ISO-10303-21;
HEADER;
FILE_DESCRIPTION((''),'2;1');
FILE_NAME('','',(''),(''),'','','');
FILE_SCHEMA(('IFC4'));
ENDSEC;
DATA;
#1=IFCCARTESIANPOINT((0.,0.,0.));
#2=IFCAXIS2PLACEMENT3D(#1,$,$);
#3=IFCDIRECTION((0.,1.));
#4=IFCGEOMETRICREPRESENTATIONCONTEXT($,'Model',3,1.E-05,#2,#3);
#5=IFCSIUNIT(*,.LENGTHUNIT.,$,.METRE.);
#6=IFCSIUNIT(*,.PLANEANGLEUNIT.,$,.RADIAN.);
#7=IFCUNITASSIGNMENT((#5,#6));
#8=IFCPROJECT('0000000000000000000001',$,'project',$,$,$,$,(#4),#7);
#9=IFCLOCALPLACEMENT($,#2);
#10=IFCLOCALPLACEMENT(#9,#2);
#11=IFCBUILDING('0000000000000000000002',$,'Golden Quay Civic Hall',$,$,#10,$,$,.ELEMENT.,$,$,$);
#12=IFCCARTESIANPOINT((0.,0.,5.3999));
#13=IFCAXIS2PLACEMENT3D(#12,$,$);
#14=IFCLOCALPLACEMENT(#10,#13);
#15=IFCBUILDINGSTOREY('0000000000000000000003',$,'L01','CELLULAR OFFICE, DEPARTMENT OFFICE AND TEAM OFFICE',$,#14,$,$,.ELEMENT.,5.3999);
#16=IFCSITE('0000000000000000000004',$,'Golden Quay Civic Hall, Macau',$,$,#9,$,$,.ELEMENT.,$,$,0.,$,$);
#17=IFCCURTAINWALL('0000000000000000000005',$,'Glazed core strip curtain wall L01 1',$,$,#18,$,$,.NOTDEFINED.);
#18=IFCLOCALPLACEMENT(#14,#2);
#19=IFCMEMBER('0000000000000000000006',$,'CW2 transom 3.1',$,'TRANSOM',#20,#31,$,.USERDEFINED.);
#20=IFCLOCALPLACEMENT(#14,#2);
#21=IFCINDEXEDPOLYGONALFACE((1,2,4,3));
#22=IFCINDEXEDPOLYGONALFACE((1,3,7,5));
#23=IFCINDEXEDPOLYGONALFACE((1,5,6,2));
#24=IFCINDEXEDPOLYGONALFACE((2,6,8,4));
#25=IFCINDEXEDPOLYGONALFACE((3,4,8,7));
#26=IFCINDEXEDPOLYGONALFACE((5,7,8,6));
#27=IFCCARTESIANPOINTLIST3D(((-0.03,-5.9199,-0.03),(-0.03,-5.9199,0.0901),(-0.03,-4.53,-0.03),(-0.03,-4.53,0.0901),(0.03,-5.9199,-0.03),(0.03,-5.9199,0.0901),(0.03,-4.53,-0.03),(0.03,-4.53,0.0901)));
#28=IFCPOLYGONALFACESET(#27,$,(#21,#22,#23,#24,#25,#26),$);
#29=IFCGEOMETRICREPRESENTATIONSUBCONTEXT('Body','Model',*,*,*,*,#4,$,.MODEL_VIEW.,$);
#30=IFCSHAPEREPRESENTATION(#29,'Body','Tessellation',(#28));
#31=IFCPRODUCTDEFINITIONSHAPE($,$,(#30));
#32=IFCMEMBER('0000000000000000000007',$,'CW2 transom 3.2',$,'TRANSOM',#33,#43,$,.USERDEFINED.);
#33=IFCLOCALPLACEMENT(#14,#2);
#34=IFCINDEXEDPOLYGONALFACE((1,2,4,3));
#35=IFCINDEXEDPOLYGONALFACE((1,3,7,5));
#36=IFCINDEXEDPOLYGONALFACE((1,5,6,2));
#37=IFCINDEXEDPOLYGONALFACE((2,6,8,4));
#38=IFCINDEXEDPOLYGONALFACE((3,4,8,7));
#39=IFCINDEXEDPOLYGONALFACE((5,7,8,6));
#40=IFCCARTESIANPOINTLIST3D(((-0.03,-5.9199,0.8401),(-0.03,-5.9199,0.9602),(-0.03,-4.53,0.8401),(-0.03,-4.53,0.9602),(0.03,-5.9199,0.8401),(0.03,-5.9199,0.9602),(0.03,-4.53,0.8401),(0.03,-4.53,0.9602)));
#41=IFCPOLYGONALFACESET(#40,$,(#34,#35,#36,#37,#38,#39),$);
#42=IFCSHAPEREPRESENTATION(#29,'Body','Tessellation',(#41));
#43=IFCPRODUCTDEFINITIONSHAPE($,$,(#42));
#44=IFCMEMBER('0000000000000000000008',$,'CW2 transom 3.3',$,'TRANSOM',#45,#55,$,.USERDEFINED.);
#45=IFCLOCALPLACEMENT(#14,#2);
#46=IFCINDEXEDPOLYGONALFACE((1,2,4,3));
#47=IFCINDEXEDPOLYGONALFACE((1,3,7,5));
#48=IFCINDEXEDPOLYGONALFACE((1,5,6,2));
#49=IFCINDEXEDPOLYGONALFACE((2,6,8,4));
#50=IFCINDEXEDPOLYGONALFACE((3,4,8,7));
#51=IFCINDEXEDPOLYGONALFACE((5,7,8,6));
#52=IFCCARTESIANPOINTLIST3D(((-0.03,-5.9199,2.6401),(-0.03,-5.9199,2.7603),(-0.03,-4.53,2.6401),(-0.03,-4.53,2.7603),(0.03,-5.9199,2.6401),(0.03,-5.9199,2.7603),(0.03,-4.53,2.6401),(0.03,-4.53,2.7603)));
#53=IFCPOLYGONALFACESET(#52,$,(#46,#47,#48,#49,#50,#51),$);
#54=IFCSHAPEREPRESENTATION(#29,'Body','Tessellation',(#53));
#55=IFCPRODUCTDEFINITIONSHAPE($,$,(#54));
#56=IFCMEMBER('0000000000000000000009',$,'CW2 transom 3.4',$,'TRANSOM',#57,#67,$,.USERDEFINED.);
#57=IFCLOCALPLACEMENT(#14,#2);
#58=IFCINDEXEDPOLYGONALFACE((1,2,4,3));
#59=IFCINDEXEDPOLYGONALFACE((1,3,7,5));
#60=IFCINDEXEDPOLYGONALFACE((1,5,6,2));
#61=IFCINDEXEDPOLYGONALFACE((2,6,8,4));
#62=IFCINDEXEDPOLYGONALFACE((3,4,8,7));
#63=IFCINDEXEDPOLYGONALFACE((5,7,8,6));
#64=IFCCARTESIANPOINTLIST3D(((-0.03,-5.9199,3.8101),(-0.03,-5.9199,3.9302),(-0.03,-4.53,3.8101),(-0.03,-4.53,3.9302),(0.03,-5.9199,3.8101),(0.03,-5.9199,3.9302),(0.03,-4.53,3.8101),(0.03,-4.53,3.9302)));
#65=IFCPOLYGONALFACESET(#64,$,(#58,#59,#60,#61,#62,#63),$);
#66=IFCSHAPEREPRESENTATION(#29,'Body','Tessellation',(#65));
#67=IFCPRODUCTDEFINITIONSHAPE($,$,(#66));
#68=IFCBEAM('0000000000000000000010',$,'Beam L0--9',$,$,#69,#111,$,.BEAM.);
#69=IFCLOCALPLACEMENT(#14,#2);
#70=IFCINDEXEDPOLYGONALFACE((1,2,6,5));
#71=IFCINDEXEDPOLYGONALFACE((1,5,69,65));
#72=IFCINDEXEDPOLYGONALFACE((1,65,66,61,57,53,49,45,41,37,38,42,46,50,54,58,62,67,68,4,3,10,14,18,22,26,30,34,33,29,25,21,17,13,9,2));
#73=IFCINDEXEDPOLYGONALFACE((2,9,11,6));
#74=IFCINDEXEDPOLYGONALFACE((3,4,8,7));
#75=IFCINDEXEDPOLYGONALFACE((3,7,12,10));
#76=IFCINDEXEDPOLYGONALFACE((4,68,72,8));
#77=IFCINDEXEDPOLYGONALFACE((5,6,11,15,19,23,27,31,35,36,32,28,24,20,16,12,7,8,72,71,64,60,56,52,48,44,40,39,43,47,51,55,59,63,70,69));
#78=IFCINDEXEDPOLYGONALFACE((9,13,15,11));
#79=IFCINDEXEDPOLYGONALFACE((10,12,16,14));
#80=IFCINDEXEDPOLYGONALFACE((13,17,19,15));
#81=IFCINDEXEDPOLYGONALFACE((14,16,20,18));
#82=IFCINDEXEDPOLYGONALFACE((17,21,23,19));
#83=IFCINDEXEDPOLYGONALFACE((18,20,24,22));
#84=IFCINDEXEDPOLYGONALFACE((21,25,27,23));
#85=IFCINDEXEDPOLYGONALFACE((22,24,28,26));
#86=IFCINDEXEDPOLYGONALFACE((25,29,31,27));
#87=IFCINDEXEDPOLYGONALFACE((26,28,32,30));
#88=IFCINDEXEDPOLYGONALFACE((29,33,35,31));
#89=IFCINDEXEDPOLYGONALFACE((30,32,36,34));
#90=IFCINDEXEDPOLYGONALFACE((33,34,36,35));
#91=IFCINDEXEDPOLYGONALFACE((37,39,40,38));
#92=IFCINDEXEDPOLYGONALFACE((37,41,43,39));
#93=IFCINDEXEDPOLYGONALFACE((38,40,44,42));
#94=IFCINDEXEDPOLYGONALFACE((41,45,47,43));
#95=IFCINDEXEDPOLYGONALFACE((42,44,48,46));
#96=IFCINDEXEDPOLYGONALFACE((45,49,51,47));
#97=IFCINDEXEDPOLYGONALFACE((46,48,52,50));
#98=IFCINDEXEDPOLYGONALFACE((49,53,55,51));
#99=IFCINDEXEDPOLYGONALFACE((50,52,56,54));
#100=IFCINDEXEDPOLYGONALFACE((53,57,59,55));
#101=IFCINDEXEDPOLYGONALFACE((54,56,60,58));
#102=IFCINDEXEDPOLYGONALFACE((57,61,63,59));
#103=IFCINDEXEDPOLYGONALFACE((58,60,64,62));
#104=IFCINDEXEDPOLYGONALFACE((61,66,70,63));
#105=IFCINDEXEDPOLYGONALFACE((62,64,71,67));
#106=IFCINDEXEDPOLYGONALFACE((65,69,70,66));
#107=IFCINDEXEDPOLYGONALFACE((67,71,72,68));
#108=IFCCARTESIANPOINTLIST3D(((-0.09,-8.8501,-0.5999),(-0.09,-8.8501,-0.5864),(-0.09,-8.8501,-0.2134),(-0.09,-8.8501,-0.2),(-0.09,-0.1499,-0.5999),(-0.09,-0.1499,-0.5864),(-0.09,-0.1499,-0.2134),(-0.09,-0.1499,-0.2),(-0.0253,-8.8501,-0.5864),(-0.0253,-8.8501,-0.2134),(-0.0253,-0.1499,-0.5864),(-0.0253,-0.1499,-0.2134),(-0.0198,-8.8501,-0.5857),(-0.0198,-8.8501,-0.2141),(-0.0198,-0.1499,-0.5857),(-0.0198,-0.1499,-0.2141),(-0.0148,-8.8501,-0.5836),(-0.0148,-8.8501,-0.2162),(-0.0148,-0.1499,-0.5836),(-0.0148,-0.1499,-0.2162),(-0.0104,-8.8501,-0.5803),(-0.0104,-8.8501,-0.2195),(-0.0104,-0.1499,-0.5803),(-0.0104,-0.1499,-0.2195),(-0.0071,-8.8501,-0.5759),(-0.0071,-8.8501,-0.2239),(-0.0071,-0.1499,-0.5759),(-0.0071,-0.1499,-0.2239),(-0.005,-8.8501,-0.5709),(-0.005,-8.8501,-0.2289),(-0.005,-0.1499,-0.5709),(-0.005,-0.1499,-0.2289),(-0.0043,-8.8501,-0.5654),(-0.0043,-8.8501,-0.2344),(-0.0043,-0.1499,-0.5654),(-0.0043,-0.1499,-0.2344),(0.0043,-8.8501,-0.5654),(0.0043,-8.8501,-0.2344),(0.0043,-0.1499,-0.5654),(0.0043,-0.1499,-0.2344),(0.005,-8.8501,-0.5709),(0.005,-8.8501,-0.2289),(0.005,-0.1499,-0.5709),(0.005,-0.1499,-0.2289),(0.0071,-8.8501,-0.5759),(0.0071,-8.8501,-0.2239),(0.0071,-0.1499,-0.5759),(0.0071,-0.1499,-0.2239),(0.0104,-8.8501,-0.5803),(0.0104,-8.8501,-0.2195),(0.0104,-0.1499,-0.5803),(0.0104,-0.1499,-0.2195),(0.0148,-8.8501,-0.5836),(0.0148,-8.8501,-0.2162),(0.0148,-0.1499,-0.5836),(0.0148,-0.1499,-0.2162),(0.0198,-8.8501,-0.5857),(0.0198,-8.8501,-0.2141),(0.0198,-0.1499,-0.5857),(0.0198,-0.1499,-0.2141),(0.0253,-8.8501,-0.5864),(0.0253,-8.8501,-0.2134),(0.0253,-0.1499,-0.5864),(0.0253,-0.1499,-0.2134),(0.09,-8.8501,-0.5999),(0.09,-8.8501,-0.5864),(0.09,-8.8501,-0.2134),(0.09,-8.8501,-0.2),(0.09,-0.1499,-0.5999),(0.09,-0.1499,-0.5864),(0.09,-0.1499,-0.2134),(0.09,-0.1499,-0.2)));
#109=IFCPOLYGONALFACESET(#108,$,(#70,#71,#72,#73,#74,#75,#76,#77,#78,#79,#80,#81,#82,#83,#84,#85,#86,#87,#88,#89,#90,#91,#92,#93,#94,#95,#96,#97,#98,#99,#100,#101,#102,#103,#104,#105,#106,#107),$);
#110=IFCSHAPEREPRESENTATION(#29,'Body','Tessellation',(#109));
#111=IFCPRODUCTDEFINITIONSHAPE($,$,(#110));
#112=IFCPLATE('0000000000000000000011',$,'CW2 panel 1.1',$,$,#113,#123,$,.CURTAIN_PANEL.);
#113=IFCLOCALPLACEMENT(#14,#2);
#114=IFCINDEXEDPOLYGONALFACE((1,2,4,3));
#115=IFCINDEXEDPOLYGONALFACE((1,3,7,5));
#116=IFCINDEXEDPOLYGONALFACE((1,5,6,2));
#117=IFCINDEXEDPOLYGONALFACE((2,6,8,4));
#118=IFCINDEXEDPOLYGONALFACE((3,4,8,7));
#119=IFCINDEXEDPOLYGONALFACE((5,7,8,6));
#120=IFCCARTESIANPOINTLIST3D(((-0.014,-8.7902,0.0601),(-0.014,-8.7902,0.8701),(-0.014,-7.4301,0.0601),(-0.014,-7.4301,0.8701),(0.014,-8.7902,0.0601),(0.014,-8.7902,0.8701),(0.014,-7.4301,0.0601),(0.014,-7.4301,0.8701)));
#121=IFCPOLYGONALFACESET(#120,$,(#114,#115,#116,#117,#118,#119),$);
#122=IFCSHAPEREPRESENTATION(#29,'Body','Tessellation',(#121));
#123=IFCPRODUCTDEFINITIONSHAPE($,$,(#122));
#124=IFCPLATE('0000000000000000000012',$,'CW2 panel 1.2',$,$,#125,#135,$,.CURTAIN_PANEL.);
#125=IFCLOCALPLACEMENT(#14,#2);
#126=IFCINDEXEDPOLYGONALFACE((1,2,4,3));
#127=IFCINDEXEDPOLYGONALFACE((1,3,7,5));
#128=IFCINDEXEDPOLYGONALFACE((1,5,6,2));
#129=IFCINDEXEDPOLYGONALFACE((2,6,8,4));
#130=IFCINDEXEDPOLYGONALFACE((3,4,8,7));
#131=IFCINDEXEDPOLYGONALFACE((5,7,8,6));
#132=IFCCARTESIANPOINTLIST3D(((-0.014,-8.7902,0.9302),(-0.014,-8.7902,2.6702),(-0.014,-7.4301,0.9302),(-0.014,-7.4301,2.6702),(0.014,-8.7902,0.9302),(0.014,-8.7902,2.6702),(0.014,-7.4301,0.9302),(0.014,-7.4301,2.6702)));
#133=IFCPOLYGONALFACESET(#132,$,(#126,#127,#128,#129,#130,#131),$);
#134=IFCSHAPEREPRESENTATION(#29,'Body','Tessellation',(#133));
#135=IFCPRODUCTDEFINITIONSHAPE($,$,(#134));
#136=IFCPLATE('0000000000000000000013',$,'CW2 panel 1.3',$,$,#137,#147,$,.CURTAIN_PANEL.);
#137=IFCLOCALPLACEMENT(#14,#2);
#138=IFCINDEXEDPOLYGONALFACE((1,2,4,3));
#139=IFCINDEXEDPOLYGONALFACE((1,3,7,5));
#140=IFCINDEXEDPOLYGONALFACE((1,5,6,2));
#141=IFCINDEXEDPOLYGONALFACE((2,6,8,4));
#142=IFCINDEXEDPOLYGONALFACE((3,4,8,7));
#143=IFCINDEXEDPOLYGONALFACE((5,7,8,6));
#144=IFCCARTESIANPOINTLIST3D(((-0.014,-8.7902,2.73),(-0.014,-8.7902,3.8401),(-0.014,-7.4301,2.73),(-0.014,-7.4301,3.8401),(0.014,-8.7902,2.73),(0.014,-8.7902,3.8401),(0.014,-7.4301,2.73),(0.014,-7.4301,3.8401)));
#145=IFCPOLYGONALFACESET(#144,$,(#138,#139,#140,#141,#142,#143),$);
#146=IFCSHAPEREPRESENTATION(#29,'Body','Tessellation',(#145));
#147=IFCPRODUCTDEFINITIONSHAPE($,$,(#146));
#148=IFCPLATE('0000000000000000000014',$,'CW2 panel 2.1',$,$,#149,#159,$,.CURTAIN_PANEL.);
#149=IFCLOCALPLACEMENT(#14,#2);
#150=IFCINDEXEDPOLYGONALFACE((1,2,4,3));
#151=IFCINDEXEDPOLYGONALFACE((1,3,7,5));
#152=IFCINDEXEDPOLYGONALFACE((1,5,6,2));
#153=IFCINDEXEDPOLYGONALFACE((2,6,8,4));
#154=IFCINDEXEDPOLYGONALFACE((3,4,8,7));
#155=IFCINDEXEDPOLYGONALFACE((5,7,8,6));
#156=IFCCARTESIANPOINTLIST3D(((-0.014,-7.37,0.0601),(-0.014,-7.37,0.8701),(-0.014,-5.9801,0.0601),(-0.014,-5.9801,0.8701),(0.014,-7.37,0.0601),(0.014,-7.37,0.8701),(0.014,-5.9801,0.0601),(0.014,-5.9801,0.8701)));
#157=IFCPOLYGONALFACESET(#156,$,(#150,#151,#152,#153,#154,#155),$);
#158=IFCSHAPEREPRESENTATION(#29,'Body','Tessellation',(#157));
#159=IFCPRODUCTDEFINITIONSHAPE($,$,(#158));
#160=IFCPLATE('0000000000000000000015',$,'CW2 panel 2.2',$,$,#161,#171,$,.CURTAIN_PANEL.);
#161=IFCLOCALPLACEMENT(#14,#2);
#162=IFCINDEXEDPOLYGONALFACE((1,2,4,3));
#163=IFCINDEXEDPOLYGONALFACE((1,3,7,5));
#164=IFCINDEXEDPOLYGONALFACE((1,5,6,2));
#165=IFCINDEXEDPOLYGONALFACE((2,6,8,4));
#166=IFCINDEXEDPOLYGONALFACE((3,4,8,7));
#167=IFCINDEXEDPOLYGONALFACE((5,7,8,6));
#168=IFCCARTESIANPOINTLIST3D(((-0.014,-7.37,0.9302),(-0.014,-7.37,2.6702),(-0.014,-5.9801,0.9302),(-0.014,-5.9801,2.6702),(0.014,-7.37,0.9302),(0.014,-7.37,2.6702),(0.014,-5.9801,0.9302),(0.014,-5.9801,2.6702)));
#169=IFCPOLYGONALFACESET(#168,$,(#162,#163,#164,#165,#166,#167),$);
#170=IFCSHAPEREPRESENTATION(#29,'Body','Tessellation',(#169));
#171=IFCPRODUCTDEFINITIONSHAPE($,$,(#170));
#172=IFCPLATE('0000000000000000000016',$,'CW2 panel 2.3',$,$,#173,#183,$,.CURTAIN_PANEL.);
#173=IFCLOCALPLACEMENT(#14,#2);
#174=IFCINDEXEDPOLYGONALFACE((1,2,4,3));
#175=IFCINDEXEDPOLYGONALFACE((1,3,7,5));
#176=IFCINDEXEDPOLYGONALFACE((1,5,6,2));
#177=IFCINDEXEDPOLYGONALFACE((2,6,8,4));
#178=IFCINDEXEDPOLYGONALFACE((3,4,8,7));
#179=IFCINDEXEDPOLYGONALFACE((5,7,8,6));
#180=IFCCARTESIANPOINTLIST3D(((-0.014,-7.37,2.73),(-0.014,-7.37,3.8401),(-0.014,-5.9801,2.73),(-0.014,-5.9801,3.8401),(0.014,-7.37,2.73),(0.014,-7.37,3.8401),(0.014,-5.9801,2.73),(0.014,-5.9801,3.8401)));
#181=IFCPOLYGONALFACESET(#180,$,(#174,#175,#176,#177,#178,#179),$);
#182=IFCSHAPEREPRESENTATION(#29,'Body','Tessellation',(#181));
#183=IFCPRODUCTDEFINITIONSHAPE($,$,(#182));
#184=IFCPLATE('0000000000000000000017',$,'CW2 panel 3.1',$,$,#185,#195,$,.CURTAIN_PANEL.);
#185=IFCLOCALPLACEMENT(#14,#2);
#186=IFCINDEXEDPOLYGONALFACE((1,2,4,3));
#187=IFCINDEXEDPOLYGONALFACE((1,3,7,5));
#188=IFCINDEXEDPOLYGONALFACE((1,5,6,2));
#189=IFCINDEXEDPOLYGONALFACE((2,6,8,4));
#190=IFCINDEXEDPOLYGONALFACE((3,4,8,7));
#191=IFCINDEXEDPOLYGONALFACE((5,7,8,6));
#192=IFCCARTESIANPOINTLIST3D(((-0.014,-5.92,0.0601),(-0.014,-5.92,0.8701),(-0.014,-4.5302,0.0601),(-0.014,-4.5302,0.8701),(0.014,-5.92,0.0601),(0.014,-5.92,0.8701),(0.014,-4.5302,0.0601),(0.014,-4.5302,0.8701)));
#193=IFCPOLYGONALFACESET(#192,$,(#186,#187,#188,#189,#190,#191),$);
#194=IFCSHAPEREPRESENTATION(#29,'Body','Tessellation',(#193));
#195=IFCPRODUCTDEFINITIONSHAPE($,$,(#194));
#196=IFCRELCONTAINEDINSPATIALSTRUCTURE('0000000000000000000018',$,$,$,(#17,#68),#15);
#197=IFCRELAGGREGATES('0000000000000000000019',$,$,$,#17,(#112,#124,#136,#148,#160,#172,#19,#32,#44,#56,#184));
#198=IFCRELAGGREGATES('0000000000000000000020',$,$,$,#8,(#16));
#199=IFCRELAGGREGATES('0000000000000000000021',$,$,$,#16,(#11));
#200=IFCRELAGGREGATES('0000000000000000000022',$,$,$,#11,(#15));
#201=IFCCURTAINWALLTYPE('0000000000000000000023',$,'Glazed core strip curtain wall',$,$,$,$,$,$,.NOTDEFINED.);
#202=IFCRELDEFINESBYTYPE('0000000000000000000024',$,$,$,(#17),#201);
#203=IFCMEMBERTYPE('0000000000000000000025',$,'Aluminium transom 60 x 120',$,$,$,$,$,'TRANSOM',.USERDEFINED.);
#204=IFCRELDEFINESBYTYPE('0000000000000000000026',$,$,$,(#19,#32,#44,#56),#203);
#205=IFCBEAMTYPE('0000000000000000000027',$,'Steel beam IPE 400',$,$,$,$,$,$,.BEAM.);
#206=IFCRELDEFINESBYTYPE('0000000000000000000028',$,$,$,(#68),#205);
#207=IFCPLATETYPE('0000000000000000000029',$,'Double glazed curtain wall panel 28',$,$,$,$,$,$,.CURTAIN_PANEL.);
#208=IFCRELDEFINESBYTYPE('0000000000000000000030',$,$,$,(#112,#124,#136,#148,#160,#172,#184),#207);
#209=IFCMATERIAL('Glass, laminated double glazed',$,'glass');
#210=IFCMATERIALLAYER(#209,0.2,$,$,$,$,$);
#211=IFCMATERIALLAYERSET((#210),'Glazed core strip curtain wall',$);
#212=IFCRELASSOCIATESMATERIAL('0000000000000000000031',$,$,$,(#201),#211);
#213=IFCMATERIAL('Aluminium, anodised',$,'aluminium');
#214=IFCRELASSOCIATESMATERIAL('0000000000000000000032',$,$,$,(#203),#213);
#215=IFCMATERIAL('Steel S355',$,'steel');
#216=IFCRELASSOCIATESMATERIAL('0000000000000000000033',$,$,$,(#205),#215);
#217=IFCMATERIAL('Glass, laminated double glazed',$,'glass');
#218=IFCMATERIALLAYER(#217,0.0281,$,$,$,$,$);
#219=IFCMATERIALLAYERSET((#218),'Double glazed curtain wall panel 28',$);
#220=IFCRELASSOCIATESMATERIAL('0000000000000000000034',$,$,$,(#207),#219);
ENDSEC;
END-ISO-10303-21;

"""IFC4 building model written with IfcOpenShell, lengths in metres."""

from ifc_helpers import new_model, si_unit, direction, frame, origin, origin_2d, place, context, subcontext, project, spatial, rectangle, i_section, extrude, material, layer, layer_set, material_profile, profile_set, type_object, element, aggregate, save


model = new_model("IFC4")

# Units and contexts
model_context = context("Model", 3, precision=1e-05, world=origin(), true_north=direction((0.0, 1.0)))
body_context = subcontext(model_context, "Body", "Model", "MODEL_VIEW")
ifc_project = project(units=[si_unit("LENGTHUNIT", "METRE"), si_unit("PLANEANGLEUNIT", "RADIAN")], contexts=[model_context])

# Site, building, storey
site_placement = place(None, origin())
site = spatial("IfcSite", under=ifc_project, at=site_placement, Name="Golden Quay Civic Hall, Macau", CompositionType="ELEMENT", RefElevation=0.0)
building_placement = place(site_placement, origin())
building = spatial("IfcBuilding", under=site, at=building_placement, Name="Golden Quay Civic Hall", CompositionType="ELEMENT")
storey_placement = place(building_placement, frame((0.0, 0.0, 5.3999)))
storey = spatial("IfcBuildingStorey", under=building, at=storey_placement, Name="L01", Description="CELLULAR OFFICE, DEPARTMENT OFFICE AND TEAM OFFICE", CompositionType="ELEMENT", Elevation=5.3999)

# Curtain wall, members
ifc_material_1 = material(Name="Glass, laminated double glazed", Category="glass")
ifc_layer_1 = layer(ifc_material_1, 0.2)
ifc_layer_set_1 = layer_set([ifc_layer_1], Name="Glazed core strip curtain wall")
curtain_wall_type = type_object("IfcCurtainWallType", Name="Glazed core strip curtain wall", PredefinedType="NOTDEFINED", material=ifc_layer_set_1)
curtain_wall_placement = place(storey_placement, origin())
curtain_wall = element("IfcCurtainWall", 1, at=curtain_wall_placement, inside=storey, type_object=curtain_wall_type, Name="Glazed core strip curtain wall L01 1", PredefinedType="NOTDEFINED")
ifc_material_2 = material(Name="Aluminium, anodised", Category="aluminium")
ifc_material_profile_1 = material_profile(ifc_material_2, rectangle(XDim=0.0601, YDim=0.1201, at=origin_2d()), Name="Aluminium 60 x 120")
ifc_profile_set_1 = profile_set([ifc_material_profile_1], Name="Aluminium, anodised")
member_type_1 = type_object("IfcMemberType", Name="Aluminium transom 60 x 120", ElementType="TRANSOM", PredefinedType="USERDEFINED", material=ifc_profile_set_1)
member_1_placement = place(storey_placement, frame((0.0, -5.9199, 0.03), z_axis=(0.0, 1.0, 0.0), x_axis=(-1.0, 0.0, 0.0)))
member_1 = element("IfcMember", 2, at=member_1_placement, type_object=member_type_1, Name="CW2 transom 3.1", ObjectType="TRANSOM", PredefinedType="USERDEFINED", context=body_context, shape_type="SweptSolid", body=[
    extrude(rectangle(XDim=0.0601, YDim=0.1201, at=origin_2d()), origin(), (0.0, 0.0, 1.0), 1.3899),
])
member_2_placement = place(storey_placement, frame((0.0, -5.9199, 0.9001), z_axis=(0.0, 1.0, 0.0), x_axis=(-1.0, 0.0, 0.0)))
member_2 = element("IfcMember", 3, at=member_2_placement, type_object=member_type_1, Name="CW2 transom 3.2", ObjectType="TRANSOM", PredefinedType="USERDEFINED", context=body_context, shape_type="SweptSolid", body=[
    extrude(rectangle(XDim=0.0601, YDim=0.1201, at=origin_2d()), origin(), (0.0, 0.0, 1.0), 1.3899),
])
member_3_placement = place(storey_placement, frame((0.0, -5.9199, 2.7002), z_axis=(0.0, 1.0, 0.0), x_axis=(-1.0, 0.0, 0.0)))
member_3 = element("IfcMember", 4, at=member_3_placement, type_object=member_type_1, Name="CW2 transom 3.3", ObjectType="TRANSOM", PredefinedType="USERDEFINED", context=body_context, shape_type="SweptSolid", body=[
    extrude(rectangle(XDim=0.0601, YDim=0.1201, at=origin_2d()), origin(), (0.0, 0.0, 1.0), 1.3899),
])
member_4_placement = place(storey_placement, frame((0.0, -5.9199, 3.8701), z_axis=(0.0, 1.0, 0.0), x_axis=(-1.0, 0.0, 0.0)))
member_4 = element("IfcMember", 5, at=member_4_placement, type_object=member_type_1, Name="CW2 transom 3.4", ObjectType="TRANSOM", PredefinedType="USERDEFINED", context=body_context, shape_type="SweptSolid", body=[
    extrude(rectangle(XDim=0.0601, YDim=0.1201, at=origin_2d()), origin(), (0.0, 0.0, 1.0), 1.3899),
])

# Beam
ifc_material_3 = material(Name="Steel S355", Category="steel")
ifc_material_profile_2 = material_profile(ifc_material_3, i_section(OverallWidth=0.1799, OverallDepth=0.3999, WebThickness=0.0085, FlangeThickness=0.0134, FilletRadius=0.021, at=origin_2d()), Name="IPE 400")
ifc_profile_set_2 = profile_set([ifc_material_profile_2], Name="Steel S355")
beam_type = type_object("IfcBeamType", Name="Steel beam IPE 400", PredefinedType="BEAM", material=ifc_profile_set_2)
beam_placement = place(storey_placement, frame((0.0, -8.8501, -0.3999), z_axis=(0.0, 1.0, 0.0), x_axis=(-1.0, 0.0, 0.0)))
element("IfcBeam", 6, at=beam_placement, inside=storey, type_object=beam_type, Name="Beam L0--9", PredefinedType="BEAM", context=body_context, shape_type="SweptSolid", body=[
    extrude(i_section(OverallWidth=0.1799, OverallDepth=0.3999, WebThickness=0.0085, FlangeThickness=0.0134, FilletRadius=0.021, at=origin_2d()), origin(), (0.0, 0.0, 1.0), 8.7002),
])

# Plates
ifc_material_4 = material(Name="Glass, laminated double glazed", Category="glass")
ifc_layer_2 = layer(ifc_material_4, 0.0281)
ifc_layer_set_2 = layer_set([ifc_layer_2], Name="Double glazed curtain wall panel 28")
plate_type = type_object("IfcPlateType", Name="Double glazed curtain wall panel 28", PredefinedType="CURTAIN_PANEL", material=ifc_layer_set_2)
plate_1_placement = place(storey_placement, frame((0.0, -8.1101, 0.0601), z_axis=(0.0, 0.0, 1.0), x_axis=(0.0, 1.0, 0.0)))
plate_1 = element("IfcPlate", 7, at=plate_1_placement, type_object=plate_type, Name="CW2 panel 1.1", PredefinedType="CURTAIN_PANEL", context=body_context, shape_type="SweptSolid", body=[
    extrude(rectangle(XDim=1.3601, YDim=0.0281, at=origin_2d()), origin(), (0.0, 0.0, 1.0), 0.8101),
])
plate_2_placement = place(storey_placement, frame((0.0, -8.1101, 0.9302), z_axis=(0.0, 0.0, 1.0), x_axis=(0.0, 1.0, 0.0)))
plate_2 = element("IfcPlate", 8, at=plate_2_placement, type_object=plate_type, Name="CW2 panel 1.2", PredefinedType="CURTAIN_PANEL", context=body_context, shape_type="SweptSolid", body=[
    extrude(rectangle(XDim=1.3601, YDim=0.0281, at=origin_2d()), origin(), (0.0, 0.0, 1.0), 1.74),
])
plate_3_placement = place(storey_placement, frame((0.0, -8.1101, 2.73), z_axis=(0.0, 0.0, 1.0), x_axis=(0.0, 1.0, 0.0)))
plate_3 = element("IfcPlate", 9, at=plate_3_placement, type_object=plate_type, Name="CW2 panel 1.3", PredefinedType="CURTAIN_PANEL", context=body_context, shape_type="SweptSolid", body=[
    extrude(rectangle(XDim=1.3601, YDim=0.0281, at=origin_2d()), origin(), (0.0, 0.0, 1.0), 1.1101),
])
plate_4_placement = place(storey_placement, frame((0.0, -6.675, 0.0601), z_axis=(0.0, 0.0, 1.0), x_axis=(0.0, 1.0, 0.0)))
plate_4 = element("IfcPlate", 10, at=plate_4_placement, type_object=plate_type, Name="CW2 panel 2.1", PredefinedType="CURTAIN_PANEL", context=body_context, shape_type="SweptSolid", body=[
    extrude(rectangle(XDim=1.3899, YDim=0.0281, at=origin_2d()), origin(), (0.0, 0.0, 1.0), 0.8101),
])
plate_5_placement = place(storey_placement, frame((0.0, -6.675, 0.9302), z_axis=(0.0, 0.0, 1.0), x_axis=(0.0, 1.0, 0.0)))
plate_5 = element("IfcPlate", 11, at=plate_5_placement, type_object=plate_type, Name="CW2 panel 2.2", PredefinedType="CURTAIN_PANEL", context=body_context, shape_type="SweptSolid", body=[
    extrude(rectangle(XDim=1.3899, YDim=0.0281, at=origin_2d()), origin(), (0.0, 0.0, 1.0), 1.74),
])
plate_6_placement = place(storey_placement, frame((0.0, -6.675, 2.73), z_axis=(0.0, 0.0, 1.0), x_axis=(0.0, 1.0, 0.0)))
plate_6 = element("IfcPlate", 12, at=plate_6_placement, type_object=plate_type, Name="CW2 panel 2.3", PredefinedType="CURTAIN_PANEL", context=body_context, shape_type="SweptSolid", body=[
    extrude(rectangle(XDim=1.3899, YDim=0.0281, at=origin_2d()), origin(), (0.0, 0.0, 1.0), 1.1101),
])
plate_7_placement = place(storey_placement, frame((0.0, -5.2251, 0.0601), z_axis=(0.0, 0.0, 1.0), x_axis=(0.0, 1.0, 0.0)))
plate_7 = element("IfcPlate", 13, at=plate_7_placement, type_object=plate_type, Name="CW2 panel 3.1", PredefinedType="CURTAIN_PANEL", context=body_context, shape_type="SweptSolid", body=[
    extrude(rectangle(XDim=1.3899, YDim=0.0281, at=origin_2d()), origin(), (0.0, 0.0, 1.0), 0.8101),
])
aggregate(curtain_wall, [plate_1, plate_2, plate_3, plate_4, plate_5, plate_6, member_1, member_2, member_3, member_4, plate_7])

save(model, "model.ifc")
